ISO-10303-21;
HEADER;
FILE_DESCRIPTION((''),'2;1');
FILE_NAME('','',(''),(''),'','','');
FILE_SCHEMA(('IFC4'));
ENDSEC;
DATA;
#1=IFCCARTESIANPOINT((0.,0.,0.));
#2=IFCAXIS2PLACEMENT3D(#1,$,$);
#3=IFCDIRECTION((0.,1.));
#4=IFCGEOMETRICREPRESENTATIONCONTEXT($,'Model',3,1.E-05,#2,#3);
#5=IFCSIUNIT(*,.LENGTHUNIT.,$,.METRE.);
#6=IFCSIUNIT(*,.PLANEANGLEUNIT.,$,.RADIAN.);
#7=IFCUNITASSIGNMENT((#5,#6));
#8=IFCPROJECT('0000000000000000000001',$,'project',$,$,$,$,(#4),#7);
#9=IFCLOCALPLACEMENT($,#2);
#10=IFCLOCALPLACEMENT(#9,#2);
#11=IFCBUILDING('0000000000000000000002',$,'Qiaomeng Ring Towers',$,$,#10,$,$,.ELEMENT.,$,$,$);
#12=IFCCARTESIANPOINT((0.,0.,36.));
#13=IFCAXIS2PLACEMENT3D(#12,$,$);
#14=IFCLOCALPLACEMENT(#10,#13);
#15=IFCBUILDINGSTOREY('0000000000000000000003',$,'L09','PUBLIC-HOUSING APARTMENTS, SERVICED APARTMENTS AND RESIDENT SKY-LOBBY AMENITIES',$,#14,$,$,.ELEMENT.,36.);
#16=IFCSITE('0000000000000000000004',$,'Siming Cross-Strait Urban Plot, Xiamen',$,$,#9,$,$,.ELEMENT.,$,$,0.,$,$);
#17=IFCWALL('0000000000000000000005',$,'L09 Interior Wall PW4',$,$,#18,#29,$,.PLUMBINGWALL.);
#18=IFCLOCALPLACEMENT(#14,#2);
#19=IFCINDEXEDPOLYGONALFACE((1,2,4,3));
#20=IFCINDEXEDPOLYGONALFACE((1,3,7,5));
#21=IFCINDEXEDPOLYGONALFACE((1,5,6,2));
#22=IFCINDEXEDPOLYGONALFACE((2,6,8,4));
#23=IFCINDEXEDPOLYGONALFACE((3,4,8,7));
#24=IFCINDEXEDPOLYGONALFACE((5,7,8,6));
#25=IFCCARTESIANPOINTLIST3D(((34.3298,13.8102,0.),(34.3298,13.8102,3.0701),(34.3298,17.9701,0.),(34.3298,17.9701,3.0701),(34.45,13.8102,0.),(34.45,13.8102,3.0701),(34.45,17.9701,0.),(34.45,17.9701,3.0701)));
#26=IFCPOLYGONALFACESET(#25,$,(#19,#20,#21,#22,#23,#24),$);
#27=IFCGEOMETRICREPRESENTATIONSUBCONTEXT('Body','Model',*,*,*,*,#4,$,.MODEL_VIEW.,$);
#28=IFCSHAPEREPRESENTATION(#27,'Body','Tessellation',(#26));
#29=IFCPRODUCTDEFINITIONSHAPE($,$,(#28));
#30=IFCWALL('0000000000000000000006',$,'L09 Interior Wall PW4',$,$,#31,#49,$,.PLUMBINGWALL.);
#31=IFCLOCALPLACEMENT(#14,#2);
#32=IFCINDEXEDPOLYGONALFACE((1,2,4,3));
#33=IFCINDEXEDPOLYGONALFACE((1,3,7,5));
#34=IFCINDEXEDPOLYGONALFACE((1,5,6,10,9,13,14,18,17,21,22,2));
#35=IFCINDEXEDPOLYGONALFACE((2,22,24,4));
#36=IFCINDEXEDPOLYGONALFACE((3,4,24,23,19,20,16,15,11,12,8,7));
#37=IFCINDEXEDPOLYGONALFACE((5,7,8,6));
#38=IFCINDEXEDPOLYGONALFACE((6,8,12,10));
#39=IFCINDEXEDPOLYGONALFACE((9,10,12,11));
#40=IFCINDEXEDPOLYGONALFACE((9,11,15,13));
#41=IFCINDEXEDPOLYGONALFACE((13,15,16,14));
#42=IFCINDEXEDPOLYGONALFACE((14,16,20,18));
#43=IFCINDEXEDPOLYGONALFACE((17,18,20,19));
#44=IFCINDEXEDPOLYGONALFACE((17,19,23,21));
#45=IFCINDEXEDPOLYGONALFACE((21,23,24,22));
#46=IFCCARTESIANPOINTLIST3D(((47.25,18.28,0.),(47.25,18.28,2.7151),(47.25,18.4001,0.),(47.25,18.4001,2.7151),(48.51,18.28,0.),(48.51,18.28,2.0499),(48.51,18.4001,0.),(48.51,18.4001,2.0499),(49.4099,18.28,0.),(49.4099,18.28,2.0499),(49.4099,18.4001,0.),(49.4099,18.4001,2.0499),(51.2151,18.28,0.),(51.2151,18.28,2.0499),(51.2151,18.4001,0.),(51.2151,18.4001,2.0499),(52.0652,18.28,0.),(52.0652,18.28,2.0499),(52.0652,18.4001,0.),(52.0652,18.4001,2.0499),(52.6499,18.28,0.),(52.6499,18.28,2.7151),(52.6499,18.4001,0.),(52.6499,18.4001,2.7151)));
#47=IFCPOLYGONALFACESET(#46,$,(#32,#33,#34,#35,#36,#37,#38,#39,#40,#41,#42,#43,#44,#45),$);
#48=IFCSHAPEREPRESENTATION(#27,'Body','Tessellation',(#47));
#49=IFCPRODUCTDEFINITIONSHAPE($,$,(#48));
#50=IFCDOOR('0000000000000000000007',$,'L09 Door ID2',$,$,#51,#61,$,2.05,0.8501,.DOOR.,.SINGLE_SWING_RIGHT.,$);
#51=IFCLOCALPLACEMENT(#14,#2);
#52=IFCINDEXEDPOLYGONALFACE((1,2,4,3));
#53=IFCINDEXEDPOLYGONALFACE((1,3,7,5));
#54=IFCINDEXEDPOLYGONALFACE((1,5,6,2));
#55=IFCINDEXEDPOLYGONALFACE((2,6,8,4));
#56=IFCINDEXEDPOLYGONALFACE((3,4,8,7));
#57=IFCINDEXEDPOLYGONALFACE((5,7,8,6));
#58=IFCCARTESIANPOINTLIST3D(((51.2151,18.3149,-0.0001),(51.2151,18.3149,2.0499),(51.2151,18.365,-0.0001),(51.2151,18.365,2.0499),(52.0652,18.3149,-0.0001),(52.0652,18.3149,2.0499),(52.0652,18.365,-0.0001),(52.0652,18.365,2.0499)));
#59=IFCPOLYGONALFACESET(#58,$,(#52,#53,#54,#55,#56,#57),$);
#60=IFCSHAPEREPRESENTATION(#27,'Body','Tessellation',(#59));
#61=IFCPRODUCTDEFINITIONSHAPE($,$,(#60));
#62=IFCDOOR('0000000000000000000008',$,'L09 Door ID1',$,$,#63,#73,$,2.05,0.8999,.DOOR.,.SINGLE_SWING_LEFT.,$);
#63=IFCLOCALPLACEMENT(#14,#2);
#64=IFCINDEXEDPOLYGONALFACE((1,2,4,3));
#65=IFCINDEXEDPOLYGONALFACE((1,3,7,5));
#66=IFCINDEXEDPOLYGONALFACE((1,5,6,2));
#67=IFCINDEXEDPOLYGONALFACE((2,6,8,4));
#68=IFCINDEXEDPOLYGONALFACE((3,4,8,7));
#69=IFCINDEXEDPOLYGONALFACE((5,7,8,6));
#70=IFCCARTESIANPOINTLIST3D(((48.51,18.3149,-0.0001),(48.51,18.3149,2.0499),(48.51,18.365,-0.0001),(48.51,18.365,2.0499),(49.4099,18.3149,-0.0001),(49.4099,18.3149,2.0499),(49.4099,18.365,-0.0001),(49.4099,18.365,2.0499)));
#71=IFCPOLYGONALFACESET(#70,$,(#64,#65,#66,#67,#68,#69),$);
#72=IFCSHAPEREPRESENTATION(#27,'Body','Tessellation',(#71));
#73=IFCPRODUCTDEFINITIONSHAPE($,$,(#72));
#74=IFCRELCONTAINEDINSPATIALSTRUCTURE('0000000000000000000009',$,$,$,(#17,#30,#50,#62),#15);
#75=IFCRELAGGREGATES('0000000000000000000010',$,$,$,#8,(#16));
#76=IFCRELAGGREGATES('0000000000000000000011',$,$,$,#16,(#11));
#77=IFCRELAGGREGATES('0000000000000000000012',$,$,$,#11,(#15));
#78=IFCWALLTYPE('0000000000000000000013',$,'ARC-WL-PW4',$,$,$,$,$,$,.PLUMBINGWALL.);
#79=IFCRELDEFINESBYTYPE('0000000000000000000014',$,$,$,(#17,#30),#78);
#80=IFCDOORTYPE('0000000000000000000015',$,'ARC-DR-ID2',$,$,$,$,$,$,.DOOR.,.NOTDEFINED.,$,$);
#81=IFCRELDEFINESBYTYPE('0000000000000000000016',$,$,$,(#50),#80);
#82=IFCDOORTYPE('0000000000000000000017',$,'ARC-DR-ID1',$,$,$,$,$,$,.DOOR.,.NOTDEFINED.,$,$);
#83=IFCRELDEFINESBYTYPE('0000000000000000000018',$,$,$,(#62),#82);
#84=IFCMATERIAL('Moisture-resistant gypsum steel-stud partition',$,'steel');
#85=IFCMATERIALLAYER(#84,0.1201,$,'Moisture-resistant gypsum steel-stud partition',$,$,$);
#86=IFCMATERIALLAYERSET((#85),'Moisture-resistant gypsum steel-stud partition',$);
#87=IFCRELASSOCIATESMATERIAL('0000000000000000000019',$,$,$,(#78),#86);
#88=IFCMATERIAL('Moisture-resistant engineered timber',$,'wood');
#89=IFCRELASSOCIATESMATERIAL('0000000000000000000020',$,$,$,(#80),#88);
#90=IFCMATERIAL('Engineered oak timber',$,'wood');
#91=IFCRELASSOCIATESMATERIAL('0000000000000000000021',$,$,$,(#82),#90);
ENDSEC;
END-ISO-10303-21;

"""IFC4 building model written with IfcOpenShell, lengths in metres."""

from ifc_helpers import new_model, si_unit, direction, frame, frame_2d, origin, place, context, subcontext, project, spatial, rectangle, extrude, source, transform, mapped, material, layer, layer_set, type_object, element, fill, save


model = new_model("IFC4")

# Units and contexts
model_context = context("Model", 3, precision=1e-05, world=origin(), true_north=direction((0.0, 1.0)))
body_context = subcontext(model_context, "Body", "Model", "MODEL_VIEW")
ifc_project = project(units=[si_unit("LENGTHUNIT", "METRE"), si_unit("PLANEANGLEUNIT", "RADIAN")], contexts=[model_context])

# Site, building, storey
site_placement = place(None, origin())
site = spatial("IfcSite", under=ifc_project, at=site_placement, Name="Siming Cross-Strait Urban Plot, Xiamen", CompositionType="ELEMENT", RefElevation=0.0)
building_placement = place(site_placement, origin())
building = spatial("IfcBuilding", under=site, at=building_placement, Name="Qiaomeng Ring Towers", CompositionType="ELEMENT")
storey_placement = place(building_placement, frame((0.0, 0.0, 36.0)))
storey = spatial("IfcBuildingStorey", under=building, at=storey_placement, Name="L09", Description="PUBLIC-HOUSING APARTMENTS, SERVICED APARTMENTS AND RESIDENT SKY-LOBBY AMENITIES", CompositionType="ELEMENT", Elevation=36.0)

# Shared definitions
ifc_material_1 = material(Name="Moisture-resistant gypsum steel-stud partition", Category="steel")
ifc_layer_1 = layer(ifc_material_1, 0.1201, Name="Moisture-resistant gypsum steel-stud partition")
ifc_layer_set_1 = layer_set([ifc_layer_1], Name="Moisture-resistant gypsum steel-stud partition")
wall_type_1 = type_object("IfcWallType", Name="ARC-WL-PW4", PredefinedType="PLUMBINGWALL", material=ifc_layer_set_1)
ifc_material_2 = material(Name="Moisture-resistant engineered timber", Category="wood")
door_type_1 = type_object("IfcDoorType", Name="ARC-DR-ID2", OperationType="NOTDEFINED", PredefinedType="DOOR", material=ifc_material_2)
shared_shape_1 = source(origin(), body_context, "Body", "SweptSolid", [
    extrude(rectangle(XDim=0.8501, YDim=2.05, at=frame_2d((0.425, 1.0249))), frame((0.0, 0.0249, 0.0), z_axis=(0.0, -1.0, 0.0), x_axis=(1.0, 0.0, 0.0)), (0.0, 0.0, 1.0), 0.05),
])
ifc_material_3 = material(Name="Engineered oak timber", Category="wood")
door_type_2 = type_object("IfcDoorType", Name="ARC-DR-ID1", OperationType="NOTDEFINED", PredefinedType="DOOR", material=ifc_material_3)
shared_shape_2 = source(origin(), body_context, "Body", "SweptSolid", [
    extrude(rectangle(XDim=0.8999, YDim=2.05, at=frame_2d((0.45, 1.0249))), frame((0.0, 0.0249, 0.0), z_axis=(0.0, -1.0, 0.0), x_axis=(1.0, 0.0, 0.0)), (0.0, 0.0, 1.0), 0.05),
])

# Wall
wall_1_placement = place(storey_placement, frame((34.3899, 13.8101, 0.0), z_axis=(0.0, 0.0, 1.0), x_axis=(0.0, 1.0, 0.0)))
element("IfcWall", 1, at=wall_1_placement, inside=storey, type_object=wall_type_1, Name="L09 Interior Wall PW4", PredefinedType="PLUMBINGWALL", context=body_context, shape_type="SweptSolid", body=[
    extrude(rectangle(XDim=4.1599, YDim=0.1201, at=frame_2d((2.0801, 0.0))), origin(), (0.0, 0.0, 1.0), 3.0701),
])

# Wall, openings, doors
wall_2_placement = place(storey_placement, frame((47.25, 18.3401, 0.0), z_axis=(0.0, 0.0, 1.0), x_axis=(1.0, 0.0, 0.0)))
wall_2 = element("IfcWall", 2, at=wall_2_placement, inside=storey, type_object=wall_type_1, Name="L09 Interior Wall PW4", PredefinedType="PLUMBINGWALL", context=body_context, shape_type="SweptSolid", body=[
    extrude(rectangle(XDim=5.3999, YDim=0.1201, at=frame_2d((2.7, 0.0))), origin(), (0.0, 0.0, 1.0), 2.7151),
])
opening_1_placement = place(wall_2_placement, frame((1.26, 0.0, 0.0)))
opening_1 = element("IfcOpeningElement", 3, at=opening_1_placement, cuts=wall_2, PredefinedType="OPENING", context=body_context, shape_type="SweptSolid", body=[
    extrude(rectangle(XDim=0.8999, YDim=2.05, at=frame_2d((0.45, 1.0249))), frame((0.0, 0.0701, 0.0), z_axis=(0.0, -1.0, 0.0), x_axis=(1.0, 0.0, 0.0)), (0.0, 0.0, 1.0), 0.1401),
])
opening_2_placement = place(wall_2_placement, frame((3.9651, 0.0, 0.0)))
opening_2 = element("IfcOpeningElement", 4, at=opening_2_placement, cuts=wall_2, PredefinedType="OPENING", context=body_context, shape_type="SweptSolid", body=[
    extrude(rectangle(XDim=0.8501, YDim=2.05, at=frame_2d((0.425, 1.0249))), frame((0.0, 0.0701, 0.0), z_axis=(0.0, -1.0, 0.0), x_axis=(1.0, 0.0, 0.0)), (0.0, 0.0, 1.0), 0.1401),
])
door_1_placement = place(opening_2_placement, origin())
door_1 = element("IfcDoor", 5, at=door_1_placement, inside=storey, type_object=door_type_1, Name="L09 Door ID2", OperationType="SINGLE_SWING_RIGHT", OverallHeight=2.05, OverallWidth=0.8501, PredefinedType="DOOR", context=body_context, shape_type="MappedRepresentation", body=[
    mapped(shared_shape_1, transform((0.0, 0.0, 0.0), x_axis=(1.0, 0.0, 0.0), y_axis=(0.0, 1.0, 0.0), z_axis=(0.0, 0.0, 1.0), scale=1.0)),
])
fill(opening_2, door_1)
door_2_placement = place(opening_1_placement, origin())
door_2 = element("IfcDoor", 6, at=door_2_placement, inside=storey, type_object=door_type_2, Name="L09 Door ID1", OperationType="SINGLE_SWING_LEFT", OverallHeight=2.05, OverallWidth=0.8999, PredefinedType="DOOR", context=body_context, shape_type="MappedRepresentation", body=[
    mapped(shared_shape_2, transform((0.0, 0.0, 0.0), x_axis=(1.0, 0.0, 0.0), y_axis=(0.0, 1.0, 0.0), z_axis=(0.0, 0.0, 1.0), scale=1.0)),
])
fill(opening_1, door_2)

save(model, "model.ifc")
